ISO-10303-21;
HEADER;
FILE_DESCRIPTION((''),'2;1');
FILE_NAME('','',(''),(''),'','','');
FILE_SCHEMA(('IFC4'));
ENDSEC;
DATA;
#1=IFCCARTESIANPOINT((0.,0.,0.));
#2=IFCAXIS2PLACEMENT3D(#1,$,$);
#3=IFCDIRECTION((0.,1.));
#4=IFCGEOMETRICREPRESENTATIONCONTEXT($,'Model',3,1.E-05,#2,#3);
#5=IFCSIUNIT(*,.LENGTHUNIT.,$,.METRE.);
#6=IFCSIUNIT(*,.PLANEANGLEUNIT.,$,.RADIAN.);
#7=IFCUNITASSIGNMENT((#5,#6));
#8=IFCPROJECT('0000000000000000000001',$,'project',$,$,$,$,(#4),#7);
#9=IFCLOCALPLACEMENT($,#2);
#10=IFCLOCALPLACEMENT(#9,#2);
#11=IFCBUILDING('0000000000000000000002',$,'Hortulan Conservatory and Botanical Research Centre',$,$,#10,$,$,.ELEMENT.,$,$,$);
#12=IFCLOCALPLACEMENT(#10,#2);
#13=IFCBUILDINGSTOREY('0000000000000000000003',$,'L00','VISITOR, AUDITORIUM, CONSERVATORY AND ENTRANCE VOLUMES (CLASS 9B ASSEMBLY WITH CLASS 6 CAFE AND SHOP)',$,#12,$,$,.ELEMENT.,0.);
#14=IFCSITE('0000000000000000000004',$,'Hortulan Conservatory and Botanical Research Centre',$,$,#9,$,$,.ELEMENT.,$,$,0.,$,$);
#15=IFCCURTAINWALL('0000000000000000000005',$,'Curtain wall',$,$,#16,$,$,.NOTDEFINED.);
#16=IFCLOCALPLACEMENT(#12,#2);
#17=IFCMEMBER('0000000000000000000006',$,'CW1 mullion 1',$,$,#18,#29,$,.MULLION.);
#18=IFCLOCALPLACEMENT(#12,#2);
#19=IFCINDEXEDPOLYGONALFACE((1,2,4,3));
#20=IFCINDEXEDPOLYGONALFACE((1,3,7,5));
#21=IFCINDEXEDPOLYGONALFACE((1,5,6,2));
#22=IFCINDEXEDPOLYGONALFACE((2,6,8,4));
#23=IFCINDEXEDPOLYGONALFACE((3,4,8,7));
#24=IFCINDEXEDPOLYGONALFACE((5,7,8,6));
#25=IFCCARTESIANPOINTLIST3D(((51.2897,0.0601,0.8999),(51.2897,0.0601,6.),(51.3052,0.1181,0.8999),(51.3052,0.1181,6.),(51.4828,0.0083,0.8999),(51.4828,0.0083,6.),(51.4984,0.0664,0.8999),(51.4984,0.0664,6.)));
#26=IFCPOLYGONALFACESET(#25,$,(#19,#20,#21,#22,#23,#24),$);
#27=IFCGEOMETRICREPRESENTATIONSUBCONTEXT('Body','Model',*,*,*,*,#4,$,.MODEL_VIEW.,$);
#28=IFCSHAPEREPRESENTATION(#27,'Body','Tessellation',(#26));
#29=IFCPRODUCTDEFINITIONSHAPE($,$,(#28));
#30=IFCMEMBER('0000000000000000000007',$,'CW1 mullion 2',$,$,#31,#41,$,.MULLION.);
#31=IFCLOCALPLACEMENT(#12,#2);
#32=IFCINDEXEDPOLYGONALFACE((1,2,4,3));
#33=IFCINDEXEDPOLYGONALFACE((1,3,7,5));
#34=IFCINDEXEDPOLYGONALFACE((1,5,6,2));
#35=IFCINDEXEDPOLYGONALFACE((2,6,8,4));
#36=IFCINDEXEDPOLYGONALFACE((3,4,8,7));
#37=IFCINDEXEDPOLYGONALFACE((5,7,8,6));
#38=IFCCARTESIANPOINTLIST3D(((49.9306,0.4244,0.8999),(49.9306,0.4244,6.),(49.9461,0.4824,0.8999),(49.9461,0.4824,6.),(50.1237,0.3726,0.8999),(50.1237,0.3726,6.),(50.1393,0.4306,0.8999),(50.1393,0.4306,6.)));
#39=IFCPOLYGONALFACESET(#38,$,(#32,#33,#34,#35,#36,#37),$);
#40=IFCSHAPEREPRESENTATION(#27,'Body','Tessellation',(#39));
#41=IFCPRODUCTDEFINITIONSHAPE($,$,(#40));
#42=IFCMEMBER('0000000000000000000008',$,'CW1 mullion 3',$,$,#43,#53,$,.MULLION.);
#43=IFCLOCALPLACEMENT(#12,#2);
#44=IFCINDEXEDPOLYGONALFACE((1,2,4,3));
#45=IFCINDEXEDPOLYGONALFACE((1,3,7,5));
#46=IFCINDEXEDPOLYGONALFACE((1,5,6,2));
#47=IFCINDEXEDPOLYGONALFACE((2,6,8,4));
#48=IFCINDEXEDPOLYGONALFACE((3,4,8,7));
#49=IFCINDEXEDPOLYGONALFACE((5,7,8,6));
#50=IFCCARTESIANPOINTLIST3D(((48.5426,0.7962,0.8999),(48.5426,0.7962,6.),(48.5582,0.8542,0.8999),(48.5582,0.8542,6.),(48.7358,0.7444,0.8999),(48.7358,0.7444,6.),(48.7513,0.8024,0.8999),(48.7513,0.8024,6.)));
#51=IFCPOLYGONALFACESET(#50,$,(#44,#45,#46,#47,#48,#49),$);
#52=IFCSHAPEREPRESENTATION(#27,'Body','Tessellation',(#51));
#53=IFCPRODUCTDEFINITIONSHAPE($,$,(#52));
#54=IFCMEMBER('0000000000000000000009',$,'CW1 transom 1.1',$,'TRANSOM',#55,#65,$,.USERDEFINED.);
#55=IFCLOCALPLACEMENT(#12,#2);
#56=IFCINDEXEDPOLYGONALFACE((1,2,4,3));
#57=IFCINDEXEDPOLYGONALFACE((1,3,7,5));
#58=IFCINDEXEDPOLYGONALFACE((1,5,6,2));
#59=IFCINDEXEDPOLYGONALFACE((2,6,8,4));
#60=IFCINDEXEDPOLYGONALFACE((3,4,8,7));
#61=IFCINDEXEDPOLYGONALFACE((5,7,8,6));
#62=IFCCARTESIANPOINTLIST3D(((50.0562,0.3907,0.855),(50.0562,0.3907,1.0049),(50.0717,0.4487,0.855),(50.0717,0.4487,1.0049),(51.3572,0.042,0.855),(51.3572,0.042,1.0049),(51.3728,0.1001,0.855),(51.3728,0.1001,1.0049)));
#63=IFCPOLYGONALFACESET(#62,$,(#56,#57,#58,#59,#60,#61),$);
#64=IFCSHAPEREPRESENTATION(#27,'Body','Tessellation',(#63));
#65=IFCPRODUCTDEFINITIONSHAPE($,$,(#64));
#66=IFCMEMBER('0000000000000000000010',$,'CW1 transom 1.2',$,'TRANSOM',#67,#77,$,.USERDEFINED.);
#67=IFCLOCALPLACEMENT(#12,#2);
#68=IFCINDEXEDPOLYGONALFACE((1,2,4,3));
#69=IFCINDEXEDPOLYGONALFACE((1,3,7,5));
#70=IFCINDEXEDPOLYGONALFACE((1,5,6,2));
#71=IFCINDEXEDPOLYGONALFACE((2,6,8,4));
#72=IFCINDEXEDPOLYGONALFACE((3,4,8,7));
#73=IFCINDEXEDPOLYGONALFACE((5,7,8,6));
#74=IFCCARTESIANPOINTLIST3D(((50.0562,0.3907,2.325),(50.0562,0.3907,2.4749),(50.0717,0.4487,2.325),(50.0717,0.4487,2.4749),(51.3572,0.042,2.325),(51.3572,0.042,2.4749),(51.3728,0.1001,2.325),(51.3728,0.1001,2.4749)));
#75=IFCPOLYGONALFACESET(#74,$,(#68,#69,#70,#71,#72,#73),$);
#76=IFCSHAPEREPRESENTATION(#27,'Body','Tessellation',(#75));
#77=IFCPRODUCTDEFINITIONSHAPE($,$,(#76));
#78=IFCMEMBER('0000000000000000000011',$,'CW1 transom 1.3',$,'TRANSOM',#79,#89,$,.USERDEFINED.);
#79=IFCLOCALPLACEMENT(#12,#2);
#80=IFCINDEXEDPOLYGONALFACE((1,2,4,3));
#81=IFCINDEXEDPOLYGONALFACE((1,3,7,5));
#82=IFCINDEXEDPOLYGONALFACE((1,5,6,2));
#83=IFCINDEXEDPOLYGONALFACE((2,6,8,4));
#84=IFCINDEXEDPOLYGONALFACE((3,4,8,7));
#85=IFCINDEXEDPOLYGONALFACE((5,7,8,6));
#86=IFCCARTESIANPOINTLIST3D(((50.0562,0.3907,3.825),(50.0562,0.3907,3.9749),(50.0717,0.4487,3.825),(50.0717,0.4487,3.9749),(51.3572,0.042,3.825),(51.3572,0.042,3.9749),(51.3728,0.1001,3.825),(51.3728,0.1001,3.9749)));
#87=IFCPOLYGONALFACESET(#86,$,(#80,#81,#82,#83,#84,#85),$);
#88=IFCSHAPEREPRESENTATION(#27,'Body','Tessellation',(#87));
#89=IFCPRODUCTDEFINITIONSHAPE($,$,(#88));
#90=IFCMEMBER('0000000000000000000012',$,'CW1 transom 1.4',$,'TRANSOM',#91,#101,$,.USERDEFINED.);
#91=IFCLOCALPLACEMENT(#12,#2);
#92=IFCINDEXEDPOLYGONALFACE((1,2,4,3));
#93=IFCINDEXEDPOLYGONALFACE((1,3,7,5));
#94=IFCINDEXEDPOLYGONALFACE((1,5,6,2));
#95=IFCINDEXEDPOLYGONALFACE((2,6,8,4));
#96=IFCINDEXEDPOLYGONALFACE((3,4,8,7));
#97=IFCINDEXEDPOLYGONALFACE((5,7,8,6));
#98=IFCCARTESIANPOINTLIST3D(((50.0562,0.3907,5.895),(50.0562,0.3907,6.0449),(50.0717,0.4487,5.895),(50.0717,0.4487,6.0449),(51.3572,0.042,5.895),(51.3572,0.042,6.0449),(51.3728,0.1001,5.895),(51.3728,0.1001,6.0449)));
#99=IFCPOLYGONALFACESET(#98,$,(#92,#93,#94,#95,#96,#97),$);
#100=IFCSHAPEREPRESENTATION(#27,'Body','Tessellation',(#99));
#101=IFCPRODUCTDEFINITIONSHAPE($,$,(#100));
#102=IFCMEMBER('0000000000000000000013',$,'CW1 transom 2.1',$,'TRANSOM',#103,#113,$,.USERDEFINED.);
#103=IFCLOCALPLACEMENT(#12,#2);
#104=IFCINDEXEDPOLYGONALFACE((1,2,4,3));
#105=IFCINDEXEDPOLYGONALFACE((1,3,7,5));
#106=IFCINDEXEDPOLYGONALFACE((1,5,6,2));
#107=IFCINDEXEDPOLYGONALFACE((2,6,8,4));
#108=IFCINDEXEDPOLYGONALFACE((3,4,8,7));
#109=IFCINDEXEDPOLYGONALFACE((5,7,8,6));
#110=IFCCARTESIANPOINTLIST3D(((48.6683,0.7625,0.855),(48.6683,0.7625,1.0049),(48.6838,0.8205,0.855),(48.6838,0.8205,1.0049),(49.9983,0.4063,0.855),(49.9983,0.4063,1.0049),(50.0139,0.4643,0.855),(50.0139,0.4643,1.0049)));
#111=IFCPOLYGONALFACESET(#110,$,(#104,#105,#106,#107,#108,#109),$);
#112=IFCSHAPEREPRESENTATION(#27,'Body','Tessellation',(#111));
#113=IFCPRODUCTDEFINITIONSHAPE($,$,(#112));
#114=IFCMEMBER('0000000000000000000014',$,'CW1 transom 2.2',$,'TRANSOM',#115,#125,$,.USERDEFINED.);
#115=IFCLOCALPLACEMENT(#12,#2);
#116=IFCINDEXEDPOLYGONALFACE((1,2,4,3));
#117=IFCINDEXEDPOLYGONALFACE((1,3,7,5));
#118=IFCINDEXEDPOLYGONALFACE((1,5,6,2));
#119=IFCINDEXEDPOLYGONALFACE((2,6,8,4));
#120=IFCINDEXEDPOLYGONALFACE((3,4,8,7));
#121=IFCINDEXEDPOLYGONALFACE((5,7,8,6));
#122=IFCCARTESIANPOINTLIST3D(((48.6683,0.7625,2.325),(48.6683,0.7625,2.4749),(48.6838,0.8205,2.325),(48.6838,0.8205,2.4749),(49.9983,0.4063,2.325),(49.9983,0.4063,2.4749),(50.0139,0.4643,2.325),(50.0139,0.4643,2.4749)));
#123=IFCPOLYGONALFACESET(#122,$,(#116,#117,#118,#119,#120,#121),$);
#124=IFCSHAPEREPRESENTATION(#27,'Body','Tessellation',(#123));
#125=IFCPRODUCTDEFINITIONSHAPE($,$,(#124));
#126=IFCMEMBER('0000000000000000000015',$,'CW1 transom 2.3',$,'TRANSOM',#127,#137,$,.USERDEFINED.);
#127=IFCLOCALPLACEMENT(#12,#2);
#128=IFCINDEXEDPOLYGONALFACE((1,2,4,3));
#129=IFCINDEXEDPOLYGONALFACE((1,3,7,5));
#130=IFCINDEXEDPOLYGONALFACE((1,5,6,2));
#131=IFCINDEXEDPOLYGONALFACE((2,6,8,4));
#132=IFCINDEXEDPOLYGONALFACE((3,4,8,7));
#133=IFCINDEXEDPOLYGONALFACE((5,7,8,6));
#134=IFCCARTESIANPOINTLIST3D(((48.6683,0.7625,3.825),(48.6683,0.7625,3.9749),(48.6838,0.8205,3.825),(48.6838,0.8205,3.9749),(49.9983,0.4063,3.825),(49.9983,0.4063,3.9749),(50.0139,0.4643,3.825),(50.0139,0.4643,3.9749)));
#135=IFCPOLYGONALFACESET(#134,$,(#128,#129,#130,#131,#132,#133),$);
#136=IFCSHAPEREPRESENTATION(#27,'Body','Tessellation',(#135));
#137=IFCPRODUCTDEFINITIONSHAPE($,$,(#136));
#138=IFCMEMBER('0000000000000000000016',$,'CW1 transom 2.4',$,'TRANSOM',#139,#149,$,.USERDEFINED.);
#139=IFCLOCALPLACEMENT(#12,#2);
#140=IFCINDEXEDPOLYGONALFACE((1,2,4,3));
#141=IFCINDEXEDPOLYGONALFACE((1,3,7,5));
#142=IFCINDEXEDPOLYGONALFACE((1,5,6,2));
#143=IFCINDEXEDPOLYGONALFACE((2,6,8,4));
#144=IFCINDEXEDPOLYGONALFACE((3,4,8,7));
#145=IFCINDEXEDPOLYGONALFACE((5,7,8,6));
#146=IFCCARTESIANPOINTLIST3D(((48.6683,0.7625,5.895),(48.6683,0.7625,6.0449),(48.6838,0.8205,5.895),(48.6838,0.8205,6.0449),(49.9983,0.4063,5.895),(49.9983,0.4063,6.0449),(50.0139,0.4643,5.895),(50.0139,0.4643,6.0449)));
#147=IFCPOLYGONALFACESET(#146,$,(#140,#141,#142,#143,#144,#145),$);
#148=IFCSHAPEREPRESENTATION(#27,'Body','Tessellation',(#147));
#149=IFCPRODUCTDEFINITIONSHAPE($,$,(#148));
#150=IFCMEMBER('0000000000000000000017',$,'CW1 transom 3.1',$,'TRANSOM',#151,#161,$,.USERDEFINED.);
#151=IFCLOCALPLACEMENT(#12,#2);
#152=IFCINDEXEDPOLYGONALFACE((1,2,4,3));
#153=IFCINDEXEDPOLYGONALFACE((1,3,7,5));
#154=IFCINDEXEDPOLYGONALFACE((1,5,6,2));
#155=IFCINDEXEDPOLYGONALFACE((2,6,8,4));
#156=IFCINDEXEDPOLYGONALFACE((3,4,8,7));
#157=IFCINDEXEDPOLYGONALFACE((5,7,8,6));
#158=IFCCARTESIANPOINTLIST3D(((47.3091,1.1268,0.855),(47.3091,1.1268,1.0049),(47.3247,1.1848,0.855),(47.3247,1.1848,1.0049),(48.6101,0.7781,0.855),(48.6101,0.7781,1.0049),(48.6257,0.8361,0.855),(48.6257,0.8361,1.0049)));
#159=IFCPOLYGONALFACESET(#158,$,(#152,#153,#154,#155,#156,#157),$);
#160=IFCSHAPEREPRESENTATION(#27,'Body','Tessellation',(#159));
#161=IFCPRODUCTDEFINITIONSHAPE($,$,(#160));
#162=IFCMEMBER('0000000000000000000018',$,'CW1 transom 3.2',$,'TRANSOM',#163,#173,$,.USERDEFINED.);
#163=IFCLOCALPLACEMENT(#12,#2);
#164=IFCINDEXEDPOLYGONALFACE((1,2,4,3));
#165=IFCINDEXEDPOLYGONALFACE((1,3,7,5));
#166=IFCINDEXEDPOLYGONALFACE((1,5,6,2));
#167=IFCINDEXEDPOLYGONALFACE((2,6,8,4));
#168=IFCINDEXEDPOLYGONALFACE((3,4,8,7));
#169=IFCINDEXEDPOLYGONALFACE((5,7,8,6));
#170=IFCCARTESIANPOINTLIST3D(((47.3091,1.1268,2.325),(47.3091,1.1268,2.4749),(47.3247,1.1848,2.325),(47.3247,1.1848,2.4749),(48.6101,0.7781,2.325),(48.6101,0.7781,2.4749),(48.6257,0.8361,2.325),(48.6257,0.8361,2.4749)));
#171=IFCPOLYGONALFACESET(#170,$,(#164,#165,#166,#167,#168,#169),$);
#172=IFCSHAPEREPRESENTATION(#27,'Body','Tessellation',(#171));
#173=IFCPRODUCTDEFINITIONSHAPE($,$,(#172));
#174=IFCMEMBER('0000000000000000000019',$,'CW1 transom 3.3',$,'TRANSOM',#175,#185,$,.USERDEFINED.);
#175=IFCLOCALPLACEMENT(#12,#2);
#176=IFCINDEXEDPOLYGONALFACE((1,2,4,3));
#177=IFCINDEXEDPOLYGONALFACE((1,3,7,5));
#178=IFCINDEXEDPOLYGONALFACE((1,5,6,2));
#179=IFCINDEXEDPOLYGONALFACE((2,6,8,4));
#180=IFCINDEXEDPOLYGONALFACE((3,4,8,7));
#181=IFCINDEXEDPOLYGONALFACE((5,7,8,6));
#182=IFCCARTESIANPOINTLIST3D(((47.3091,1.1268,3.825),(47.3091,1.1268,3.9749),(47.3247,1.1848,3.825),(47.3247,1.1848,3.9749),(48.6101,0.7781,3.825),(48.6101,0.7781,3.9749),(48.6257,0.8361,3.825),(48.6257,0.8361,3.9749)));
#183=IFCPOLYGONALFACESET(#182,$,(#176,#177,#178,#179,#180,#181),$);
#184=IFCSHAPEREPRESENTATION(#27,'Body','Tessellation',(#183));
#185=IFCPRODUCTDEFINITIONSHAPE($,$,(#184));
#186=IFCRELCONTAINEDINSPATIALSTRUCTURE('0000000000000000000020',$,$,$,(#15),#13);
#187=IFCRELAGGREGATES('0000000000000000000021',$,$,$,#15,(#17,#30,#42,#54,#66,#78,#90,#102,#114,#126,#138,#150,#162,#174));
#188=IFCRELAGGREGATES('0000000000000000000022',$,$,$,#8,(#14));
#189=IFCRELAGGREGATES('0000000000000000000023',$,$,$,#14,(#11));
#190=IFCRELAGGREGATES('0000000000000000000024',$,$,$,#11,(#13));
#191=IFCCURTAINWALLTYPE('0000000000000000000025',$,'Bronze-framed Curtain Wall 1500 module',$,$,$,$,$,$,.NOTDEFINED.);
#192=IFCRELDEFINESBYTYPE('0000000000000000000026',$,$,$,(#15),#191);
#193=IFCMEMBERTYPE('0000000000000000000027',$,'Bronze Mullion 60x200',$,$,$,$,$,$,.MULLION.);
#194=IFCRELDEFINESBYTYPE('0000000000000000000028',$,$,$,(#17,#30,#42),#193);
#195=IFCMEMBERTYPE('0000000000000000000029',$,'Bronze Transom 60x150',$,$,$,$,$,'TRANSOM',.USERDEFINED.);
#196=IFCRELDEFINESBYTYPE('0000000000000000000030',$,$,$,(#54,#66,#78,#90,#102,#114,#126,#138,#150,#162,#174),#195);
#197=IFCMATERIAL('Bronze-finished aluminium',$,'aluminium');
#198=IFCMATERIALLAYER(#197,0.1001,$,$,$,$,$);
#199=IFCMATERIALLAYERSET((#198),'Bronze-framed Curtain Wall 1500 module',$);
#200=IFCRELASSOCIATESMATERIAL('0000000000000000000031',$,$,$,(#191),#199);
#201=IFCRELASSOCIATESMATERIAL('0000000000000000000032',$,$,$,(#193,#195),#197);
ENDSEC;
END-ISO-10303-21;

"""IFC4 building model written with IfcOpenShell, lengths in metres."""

from ifc_helpers import new_model, si_unit, direction, frame, origin, origin_2d, place, context, subcontext, project, spatial, rectangle, extrude, material, layer, layer_set, material_profile, profile_set, type_object, element, aggregate, save


model = new_model("IFC4")

# Units and contexts
model_context = context("Model", 3, precision=1e-05, world=origin(), true_north=direction((0.0, 1.0)))
body_context = subcontext(model_context, "Body", "Model", "MODEL_VIEW")
ifc_project = project(units=[si_unit("LENGTHUNIT", "METRE"), si_unit("PLANEANGLEUNIT", "RADIAN")], contexts=[model_context])

# Site, building, storey
site_placement = place(None, origin())
site = spatial("IfcSite", under=ifc_project, at=site_placement, Name="Hortulan Conservatory and Botanical Research Centre", CompositionType="ELEMENT", RefElevation=0.0)
building_placement = place(site_placement, origin())
building = spatial("IfcBuilding", under=site, at=building_placement, Name="Hortulan Conservatory and Botanical Research Centre", CompositionType="ELEMENT")
storey_placement = place(building_placement, origin())
storey = spatial("IfcBuildingStorey", under=building, at=storey_placement, Name="L00", Description="VISITOR, AUDITORIUM, CONSERVATORY AND ENTRANCE VOLUMES (CLASS 9B ASSEMBLY WITH CLASS 6 CAFE AND SHOP)", CompositionType="ELEMENT", Elevation=0.0)

# Curtain wall, members
ifc_material_1 = material(Name="Bronze-finished aluminium", Category="aluminium")
ifc_layer_1 = layer(ifc_material_1, 0.1001)
ifc_layer_set_1 = layer_set([ifc_layer_1], Name="Bronze-framed Curtain Wall 1500 module")
curtain_wall_type = type_object("IfcCurtainWallType", Name="Bronze-framed Curtain Wall 1500 module", PredefinedType="NOTDEFINED", material=ifc_layer_set_1)
curtain_wall_placement = place(storey_placement, origin())
curtain_wall = element("IfcCurtainWall", 1, at=curtain_wall_placement, inside=storey, type_object=curtain_wall_type, Name="Curtain wall", PredefinedType="NOTDEFINED")
ifc_material_profile_1 = material_profile(ifc_material_1, rectangle(XDim=0.0601, YDim=0.2, at=origin_2d()), Name="Bronze Mullion 60x200")
ifc_profile_set_1 = profile_set([ifc_material_profile_1], Name="Bronze-finished aluminium")
member_type_1 = type_object("IfcMemberType", Name="Bronze Mullion 60x200", PredefinedType="MULLION", material=ifc_profile_set_1)
member_1_placement = place(storey_placement, frame((51.394, 0.0632, 0.8999), z_axis=(0.0, 0.0, 1.0), x_axis=(-0.258832, -0.965922, 0.0)))
member_1 = element("IfcMember", 2, at=member_1_placement, type_object=member_type_1, Name="CW1 mullion 1", PredefinedType="MULLION", context=body_context, shape_type="SweptSolid", body=[
    extrude(rectangle(XDim=0.0601, YDim=0.2, at=origin_2d()), origin(), (0.0, 0.0, 1.0), 5.1001),
])
member_2_placement = place(storey_placement, frame((50.0349, 0.4275, 0.8999), z_axis=(0.0, 0.0, 1.0), x_axis=(-0.258832, -0.965922, 0.0)))
member_2 = element("IfcMember", 3, at=member_2_placement, type_object=member_type_1, Name="CW1 mullion 2", PredefinedType="MULLION", context=body_context, shape_type="SweptSolid", body=[
    extrude(rectangle(XDim=0.0601, YDim=0.2, at=origin_2d()), origin(), (0.0, 0.0, 1.0), 5.1001),
])
member_3_placement = place(storey_placement, frame((48.647, 0.7993, 0.8999), z_axis=(0.0, 0.0, 1.0), x_axis=(-0.258832, -0.965922, 0.0)))
member_3 = element("IfcMember", 4, at=member_3_placement, type_object=member_type_1, Name="CW1 mullion 3", PredefinedType="MULLION", context=body_context, shape_type="SweptSolid", body=[
    extrude(rectangle(XDim=0.0601, YDim=0.2, at=origin_2d()), origin(), (0.0, 0.0, 1.0), 5.1001),
])
ifc_material_profile_2 = material_profile(ifc_material_1, rectangle(XDim=0.0601, YDim=0.1499, at=origin_2d()), Name="Bronze Transom 60x150")
ifc_profile_set_2 = profile_set([ifc_material_profile_2], Name="Bronze-finished aluminium")
member_type_2 = type_object("IfcMemberType", Name="Bronze Transom 60x150", ElementType="TRANSOM", PredefinedType="USERDEFINED", material=ifc_profile_set_2)
member_4_placement = place(storey_placement, frame((51.365, 0.071, 0.9299), z_axis=(-0.965921, 0.258836, 0.0), x_axis=(-0.258836, -0.965921, 0.0)))
member_4 = element("IfcMember", 5, at=member_4_placement, type_object=member_type_2, Name="CW1 transom 1.1", ObjectType="TRANSOM", PredefinedType="USERDEFINED", context=body_context, shape_type="SweptSolid", body=[
    extrude(rectangle(XDim=0.0601, YDim=0.1499, at=origin_2d()), origin(), (0.0, 0.0, 1.0), 1.3469),
])
member_5_placement = place(storey_placement, frame((51.365, 0.071, 2.3999), z_axis=(-0.965921, 0.258836, 0.0), x_axis=(-0.258836, -0.965921, 0.0)))
member_5 = element("IfcMember", 6, at=member_5_placement, type_object=member_type_2, Name="CW1 transom 1.2", ObjectType="TRANSOM", PredefinedType="USERDEFINED", context=body_context, shape_type="SweptSolid", body=[
    extrude(rectangle(XDim=0.0601, YDim=0.1499, at=origin_2d()), origin(), (0.0, 0.0, 1.0), 1.3469),
])
member_6_placement = place(storey_placement, frame((51.365, 0.071, 3.8999), z_axis=(-0.965921, 0.258836, 0.0), x_axis=(-0.258836, -0.965921, 0.0)))
member_6 = element("IfcMember", 7, at=member_6_placement, type_object=member_type_2, Name="CW1 transom 1.3", ObjectType="TRANSOM", PredefinedType="USERDEFINED", context=body_context, shape_type="SweptSolid", body=[
    extrude(rectangle(XDim=0.0601, YDim=0.1499, at=origin_2d()), origin(), (0.0, 0.0, 1.0), 1.3469),
])
member_7_placement = place(storey_placement, frame((51.365, 0.071, 5.97), z_axis=(-0.965921, 0.258836, 0.0), x_axis=(-0.258836, -0.965921, 0.0)))
member_7 = element("IfcMember", 8, at=member_7_placement, type_object=member_type_2, Name="CW1 transom 1.4", ObjectType="TRANSOM", PredefinedType="USERDEFINED", context=body_context, shape_type="SweptSolid", body=[
    extrude(rectangle(XDim=0.0601, YDim=0.1499, at=origin_2d()), origin(), (0.0, 0.0, 1.0), 1.3469),
])
member_8_placement = place(storey_placement, frame((50.0061, 0.4353, 0.9299), z_axis=(-0.965961, 0.258689, 0.0), x_axis=(-0.258689, -0.965961, 0.0)))
member_8 = element("IfcMember", 9, at=member_8_placement, type_object=member_type_2, Name="CW1 transom 2.1", ObjectType="TRANSOM", PredefinedType="USERDEFINED", context=body_context, shape_type="SweptSolid", body=[
    extrude(rectangle(XDim=0.0601, YDim=0.1499, at=origin_2d()), origin(), (0.0, 0.0, 1.0), 1.377),
])
member_9_placement = place(storey_placement, frame((50.0061, 0.4353, 2.3999), z_axis=(-0.965961, 0.258689, 0.0), x_axis=(-0.258689, -0.965961, 0.0)))
member_9 = element("IfcMember", 10, at=member_9_placement, type_object=member_type_2, Name="CW1 transom 2.2", ObjectType="TRANSOM", PredefinedType="USERDEFINED", context=body_context, shape_type="SweptSolid", body=[
    extrude(rectangle(XDim=0.0601, YDim=0.1499, at=origin_2d()), origin(), (0.0, 0.0, 1.0), 1.377),
])
member_10_placement = place(storey_placement, frame((50.0061, 0.4353, 3.8999), z_axis=(-0.965961, 0.258689, 0.0), x_axis=(-0.258689, -0.965961, 0.0)))
member_10 = element("IfcMember", 11, at=member_10_placement, type_object=member_type_2, Name="CW1 transom 2.3", ObjectType="TRANSOM", PredefinedType="USERDEFINED", context=body_context, shape_type="SweptSolid", body=[
    extrude(rectangle(XDim=0.0601, YDim=0.1499, at=origin_2d()), origin(), (0.0, 0.0, 1.0), 1.377),
])
member_11_placement = place(storey_placement, frame((50.0061, 0.4353, 5.97), z_axis=(-0.965961, 0.258689, 0.0), x_axis=(-0.258689, -0.965961, 0.0)))
member_11 = element("IfcMember", 12, at=member_11_placement, type_object=member_type_2, Name="CW1 transom 2.4", ObjectType="TRANSOM", PredefinedType="USERDEFINED", context=body_context, shape_type="SweptSolid", body=[
    extrude(rectangle(XDim=0.0601, YDim=0.1499, at=origin_2d()), origin(), (0.0, 0.0, 1.0), 1.377),
])
member_12_placement = place(storey_placement, frame((48.6179, 0.8071, 0.9299), z_axis=(-0.965921, 0.258836, 0.0), x_axis=(-0.258836, -0.965921, 0.0)))
member_12 = element("IfcMember", 13, at=member_12_placement, type_object=member_type_2, Name="CW1 transom 3.1", ObjectType="TRANSOM", PredefinedType="USERDEFINED", context=body_context, shape_type="SweptSolid", body=[
    extrude(rectangle(XDim=0.0601, YDim=0.1499, at=origin_2d()), origin(), (0.0, 0.0, 1.0), 1.3469),
])
member_13_placement = place(storey_placement, frame((48.6179, 0.8071, 2.3999), z_axis=(-0.965921, 0.258836, 0.0), x_axis=(-0.258836, -0.965921, 0.0)))
member_13 = element("IfcMember", 14, at=member_13_placement, type_object=member_type_2, Name="CW1 transom 3.2", ObjectType="TRANSOM", PredefinedType="USERDEFINED", context=body_context, shape_type="SweptSolid", body=[
    extrude(rectangle(XDim=0.0601, YDim=0.1499, at=origin_2d()), origin(), (0.0, 0.0, 1.0), 1.3469),
])
member_14_placement = place(storey_placement, frame((48.6179, 0.8071, 3.8999), z_axis=(-0.965921, 0.258836, 0.0), x_axis=(-0.258836, -0.965921, 0.0)))
member_14 = element("IfcMember", 15, at=member_14_placement, type_object=member_type_2, Name="CW1 transom 3.3", ObjectType="TRANSOM", PredefinedType="USERDEFINED", context=body_context, shape_type="SweptSolid", body=[
    extrude(rectangle(XDim=0.0601, YDim=0.1499, at=origin_2d()), origin(), (0.0, 0.0, 1.0), 1.3469),
])
aggregate(curtain_wall, [member_1, member_2, member_3, member_4, member_5, member_6, member_7, member_8, member_9, member_10, member_11, member_12, member_13, member_14])

save(model, "model.ifc")
